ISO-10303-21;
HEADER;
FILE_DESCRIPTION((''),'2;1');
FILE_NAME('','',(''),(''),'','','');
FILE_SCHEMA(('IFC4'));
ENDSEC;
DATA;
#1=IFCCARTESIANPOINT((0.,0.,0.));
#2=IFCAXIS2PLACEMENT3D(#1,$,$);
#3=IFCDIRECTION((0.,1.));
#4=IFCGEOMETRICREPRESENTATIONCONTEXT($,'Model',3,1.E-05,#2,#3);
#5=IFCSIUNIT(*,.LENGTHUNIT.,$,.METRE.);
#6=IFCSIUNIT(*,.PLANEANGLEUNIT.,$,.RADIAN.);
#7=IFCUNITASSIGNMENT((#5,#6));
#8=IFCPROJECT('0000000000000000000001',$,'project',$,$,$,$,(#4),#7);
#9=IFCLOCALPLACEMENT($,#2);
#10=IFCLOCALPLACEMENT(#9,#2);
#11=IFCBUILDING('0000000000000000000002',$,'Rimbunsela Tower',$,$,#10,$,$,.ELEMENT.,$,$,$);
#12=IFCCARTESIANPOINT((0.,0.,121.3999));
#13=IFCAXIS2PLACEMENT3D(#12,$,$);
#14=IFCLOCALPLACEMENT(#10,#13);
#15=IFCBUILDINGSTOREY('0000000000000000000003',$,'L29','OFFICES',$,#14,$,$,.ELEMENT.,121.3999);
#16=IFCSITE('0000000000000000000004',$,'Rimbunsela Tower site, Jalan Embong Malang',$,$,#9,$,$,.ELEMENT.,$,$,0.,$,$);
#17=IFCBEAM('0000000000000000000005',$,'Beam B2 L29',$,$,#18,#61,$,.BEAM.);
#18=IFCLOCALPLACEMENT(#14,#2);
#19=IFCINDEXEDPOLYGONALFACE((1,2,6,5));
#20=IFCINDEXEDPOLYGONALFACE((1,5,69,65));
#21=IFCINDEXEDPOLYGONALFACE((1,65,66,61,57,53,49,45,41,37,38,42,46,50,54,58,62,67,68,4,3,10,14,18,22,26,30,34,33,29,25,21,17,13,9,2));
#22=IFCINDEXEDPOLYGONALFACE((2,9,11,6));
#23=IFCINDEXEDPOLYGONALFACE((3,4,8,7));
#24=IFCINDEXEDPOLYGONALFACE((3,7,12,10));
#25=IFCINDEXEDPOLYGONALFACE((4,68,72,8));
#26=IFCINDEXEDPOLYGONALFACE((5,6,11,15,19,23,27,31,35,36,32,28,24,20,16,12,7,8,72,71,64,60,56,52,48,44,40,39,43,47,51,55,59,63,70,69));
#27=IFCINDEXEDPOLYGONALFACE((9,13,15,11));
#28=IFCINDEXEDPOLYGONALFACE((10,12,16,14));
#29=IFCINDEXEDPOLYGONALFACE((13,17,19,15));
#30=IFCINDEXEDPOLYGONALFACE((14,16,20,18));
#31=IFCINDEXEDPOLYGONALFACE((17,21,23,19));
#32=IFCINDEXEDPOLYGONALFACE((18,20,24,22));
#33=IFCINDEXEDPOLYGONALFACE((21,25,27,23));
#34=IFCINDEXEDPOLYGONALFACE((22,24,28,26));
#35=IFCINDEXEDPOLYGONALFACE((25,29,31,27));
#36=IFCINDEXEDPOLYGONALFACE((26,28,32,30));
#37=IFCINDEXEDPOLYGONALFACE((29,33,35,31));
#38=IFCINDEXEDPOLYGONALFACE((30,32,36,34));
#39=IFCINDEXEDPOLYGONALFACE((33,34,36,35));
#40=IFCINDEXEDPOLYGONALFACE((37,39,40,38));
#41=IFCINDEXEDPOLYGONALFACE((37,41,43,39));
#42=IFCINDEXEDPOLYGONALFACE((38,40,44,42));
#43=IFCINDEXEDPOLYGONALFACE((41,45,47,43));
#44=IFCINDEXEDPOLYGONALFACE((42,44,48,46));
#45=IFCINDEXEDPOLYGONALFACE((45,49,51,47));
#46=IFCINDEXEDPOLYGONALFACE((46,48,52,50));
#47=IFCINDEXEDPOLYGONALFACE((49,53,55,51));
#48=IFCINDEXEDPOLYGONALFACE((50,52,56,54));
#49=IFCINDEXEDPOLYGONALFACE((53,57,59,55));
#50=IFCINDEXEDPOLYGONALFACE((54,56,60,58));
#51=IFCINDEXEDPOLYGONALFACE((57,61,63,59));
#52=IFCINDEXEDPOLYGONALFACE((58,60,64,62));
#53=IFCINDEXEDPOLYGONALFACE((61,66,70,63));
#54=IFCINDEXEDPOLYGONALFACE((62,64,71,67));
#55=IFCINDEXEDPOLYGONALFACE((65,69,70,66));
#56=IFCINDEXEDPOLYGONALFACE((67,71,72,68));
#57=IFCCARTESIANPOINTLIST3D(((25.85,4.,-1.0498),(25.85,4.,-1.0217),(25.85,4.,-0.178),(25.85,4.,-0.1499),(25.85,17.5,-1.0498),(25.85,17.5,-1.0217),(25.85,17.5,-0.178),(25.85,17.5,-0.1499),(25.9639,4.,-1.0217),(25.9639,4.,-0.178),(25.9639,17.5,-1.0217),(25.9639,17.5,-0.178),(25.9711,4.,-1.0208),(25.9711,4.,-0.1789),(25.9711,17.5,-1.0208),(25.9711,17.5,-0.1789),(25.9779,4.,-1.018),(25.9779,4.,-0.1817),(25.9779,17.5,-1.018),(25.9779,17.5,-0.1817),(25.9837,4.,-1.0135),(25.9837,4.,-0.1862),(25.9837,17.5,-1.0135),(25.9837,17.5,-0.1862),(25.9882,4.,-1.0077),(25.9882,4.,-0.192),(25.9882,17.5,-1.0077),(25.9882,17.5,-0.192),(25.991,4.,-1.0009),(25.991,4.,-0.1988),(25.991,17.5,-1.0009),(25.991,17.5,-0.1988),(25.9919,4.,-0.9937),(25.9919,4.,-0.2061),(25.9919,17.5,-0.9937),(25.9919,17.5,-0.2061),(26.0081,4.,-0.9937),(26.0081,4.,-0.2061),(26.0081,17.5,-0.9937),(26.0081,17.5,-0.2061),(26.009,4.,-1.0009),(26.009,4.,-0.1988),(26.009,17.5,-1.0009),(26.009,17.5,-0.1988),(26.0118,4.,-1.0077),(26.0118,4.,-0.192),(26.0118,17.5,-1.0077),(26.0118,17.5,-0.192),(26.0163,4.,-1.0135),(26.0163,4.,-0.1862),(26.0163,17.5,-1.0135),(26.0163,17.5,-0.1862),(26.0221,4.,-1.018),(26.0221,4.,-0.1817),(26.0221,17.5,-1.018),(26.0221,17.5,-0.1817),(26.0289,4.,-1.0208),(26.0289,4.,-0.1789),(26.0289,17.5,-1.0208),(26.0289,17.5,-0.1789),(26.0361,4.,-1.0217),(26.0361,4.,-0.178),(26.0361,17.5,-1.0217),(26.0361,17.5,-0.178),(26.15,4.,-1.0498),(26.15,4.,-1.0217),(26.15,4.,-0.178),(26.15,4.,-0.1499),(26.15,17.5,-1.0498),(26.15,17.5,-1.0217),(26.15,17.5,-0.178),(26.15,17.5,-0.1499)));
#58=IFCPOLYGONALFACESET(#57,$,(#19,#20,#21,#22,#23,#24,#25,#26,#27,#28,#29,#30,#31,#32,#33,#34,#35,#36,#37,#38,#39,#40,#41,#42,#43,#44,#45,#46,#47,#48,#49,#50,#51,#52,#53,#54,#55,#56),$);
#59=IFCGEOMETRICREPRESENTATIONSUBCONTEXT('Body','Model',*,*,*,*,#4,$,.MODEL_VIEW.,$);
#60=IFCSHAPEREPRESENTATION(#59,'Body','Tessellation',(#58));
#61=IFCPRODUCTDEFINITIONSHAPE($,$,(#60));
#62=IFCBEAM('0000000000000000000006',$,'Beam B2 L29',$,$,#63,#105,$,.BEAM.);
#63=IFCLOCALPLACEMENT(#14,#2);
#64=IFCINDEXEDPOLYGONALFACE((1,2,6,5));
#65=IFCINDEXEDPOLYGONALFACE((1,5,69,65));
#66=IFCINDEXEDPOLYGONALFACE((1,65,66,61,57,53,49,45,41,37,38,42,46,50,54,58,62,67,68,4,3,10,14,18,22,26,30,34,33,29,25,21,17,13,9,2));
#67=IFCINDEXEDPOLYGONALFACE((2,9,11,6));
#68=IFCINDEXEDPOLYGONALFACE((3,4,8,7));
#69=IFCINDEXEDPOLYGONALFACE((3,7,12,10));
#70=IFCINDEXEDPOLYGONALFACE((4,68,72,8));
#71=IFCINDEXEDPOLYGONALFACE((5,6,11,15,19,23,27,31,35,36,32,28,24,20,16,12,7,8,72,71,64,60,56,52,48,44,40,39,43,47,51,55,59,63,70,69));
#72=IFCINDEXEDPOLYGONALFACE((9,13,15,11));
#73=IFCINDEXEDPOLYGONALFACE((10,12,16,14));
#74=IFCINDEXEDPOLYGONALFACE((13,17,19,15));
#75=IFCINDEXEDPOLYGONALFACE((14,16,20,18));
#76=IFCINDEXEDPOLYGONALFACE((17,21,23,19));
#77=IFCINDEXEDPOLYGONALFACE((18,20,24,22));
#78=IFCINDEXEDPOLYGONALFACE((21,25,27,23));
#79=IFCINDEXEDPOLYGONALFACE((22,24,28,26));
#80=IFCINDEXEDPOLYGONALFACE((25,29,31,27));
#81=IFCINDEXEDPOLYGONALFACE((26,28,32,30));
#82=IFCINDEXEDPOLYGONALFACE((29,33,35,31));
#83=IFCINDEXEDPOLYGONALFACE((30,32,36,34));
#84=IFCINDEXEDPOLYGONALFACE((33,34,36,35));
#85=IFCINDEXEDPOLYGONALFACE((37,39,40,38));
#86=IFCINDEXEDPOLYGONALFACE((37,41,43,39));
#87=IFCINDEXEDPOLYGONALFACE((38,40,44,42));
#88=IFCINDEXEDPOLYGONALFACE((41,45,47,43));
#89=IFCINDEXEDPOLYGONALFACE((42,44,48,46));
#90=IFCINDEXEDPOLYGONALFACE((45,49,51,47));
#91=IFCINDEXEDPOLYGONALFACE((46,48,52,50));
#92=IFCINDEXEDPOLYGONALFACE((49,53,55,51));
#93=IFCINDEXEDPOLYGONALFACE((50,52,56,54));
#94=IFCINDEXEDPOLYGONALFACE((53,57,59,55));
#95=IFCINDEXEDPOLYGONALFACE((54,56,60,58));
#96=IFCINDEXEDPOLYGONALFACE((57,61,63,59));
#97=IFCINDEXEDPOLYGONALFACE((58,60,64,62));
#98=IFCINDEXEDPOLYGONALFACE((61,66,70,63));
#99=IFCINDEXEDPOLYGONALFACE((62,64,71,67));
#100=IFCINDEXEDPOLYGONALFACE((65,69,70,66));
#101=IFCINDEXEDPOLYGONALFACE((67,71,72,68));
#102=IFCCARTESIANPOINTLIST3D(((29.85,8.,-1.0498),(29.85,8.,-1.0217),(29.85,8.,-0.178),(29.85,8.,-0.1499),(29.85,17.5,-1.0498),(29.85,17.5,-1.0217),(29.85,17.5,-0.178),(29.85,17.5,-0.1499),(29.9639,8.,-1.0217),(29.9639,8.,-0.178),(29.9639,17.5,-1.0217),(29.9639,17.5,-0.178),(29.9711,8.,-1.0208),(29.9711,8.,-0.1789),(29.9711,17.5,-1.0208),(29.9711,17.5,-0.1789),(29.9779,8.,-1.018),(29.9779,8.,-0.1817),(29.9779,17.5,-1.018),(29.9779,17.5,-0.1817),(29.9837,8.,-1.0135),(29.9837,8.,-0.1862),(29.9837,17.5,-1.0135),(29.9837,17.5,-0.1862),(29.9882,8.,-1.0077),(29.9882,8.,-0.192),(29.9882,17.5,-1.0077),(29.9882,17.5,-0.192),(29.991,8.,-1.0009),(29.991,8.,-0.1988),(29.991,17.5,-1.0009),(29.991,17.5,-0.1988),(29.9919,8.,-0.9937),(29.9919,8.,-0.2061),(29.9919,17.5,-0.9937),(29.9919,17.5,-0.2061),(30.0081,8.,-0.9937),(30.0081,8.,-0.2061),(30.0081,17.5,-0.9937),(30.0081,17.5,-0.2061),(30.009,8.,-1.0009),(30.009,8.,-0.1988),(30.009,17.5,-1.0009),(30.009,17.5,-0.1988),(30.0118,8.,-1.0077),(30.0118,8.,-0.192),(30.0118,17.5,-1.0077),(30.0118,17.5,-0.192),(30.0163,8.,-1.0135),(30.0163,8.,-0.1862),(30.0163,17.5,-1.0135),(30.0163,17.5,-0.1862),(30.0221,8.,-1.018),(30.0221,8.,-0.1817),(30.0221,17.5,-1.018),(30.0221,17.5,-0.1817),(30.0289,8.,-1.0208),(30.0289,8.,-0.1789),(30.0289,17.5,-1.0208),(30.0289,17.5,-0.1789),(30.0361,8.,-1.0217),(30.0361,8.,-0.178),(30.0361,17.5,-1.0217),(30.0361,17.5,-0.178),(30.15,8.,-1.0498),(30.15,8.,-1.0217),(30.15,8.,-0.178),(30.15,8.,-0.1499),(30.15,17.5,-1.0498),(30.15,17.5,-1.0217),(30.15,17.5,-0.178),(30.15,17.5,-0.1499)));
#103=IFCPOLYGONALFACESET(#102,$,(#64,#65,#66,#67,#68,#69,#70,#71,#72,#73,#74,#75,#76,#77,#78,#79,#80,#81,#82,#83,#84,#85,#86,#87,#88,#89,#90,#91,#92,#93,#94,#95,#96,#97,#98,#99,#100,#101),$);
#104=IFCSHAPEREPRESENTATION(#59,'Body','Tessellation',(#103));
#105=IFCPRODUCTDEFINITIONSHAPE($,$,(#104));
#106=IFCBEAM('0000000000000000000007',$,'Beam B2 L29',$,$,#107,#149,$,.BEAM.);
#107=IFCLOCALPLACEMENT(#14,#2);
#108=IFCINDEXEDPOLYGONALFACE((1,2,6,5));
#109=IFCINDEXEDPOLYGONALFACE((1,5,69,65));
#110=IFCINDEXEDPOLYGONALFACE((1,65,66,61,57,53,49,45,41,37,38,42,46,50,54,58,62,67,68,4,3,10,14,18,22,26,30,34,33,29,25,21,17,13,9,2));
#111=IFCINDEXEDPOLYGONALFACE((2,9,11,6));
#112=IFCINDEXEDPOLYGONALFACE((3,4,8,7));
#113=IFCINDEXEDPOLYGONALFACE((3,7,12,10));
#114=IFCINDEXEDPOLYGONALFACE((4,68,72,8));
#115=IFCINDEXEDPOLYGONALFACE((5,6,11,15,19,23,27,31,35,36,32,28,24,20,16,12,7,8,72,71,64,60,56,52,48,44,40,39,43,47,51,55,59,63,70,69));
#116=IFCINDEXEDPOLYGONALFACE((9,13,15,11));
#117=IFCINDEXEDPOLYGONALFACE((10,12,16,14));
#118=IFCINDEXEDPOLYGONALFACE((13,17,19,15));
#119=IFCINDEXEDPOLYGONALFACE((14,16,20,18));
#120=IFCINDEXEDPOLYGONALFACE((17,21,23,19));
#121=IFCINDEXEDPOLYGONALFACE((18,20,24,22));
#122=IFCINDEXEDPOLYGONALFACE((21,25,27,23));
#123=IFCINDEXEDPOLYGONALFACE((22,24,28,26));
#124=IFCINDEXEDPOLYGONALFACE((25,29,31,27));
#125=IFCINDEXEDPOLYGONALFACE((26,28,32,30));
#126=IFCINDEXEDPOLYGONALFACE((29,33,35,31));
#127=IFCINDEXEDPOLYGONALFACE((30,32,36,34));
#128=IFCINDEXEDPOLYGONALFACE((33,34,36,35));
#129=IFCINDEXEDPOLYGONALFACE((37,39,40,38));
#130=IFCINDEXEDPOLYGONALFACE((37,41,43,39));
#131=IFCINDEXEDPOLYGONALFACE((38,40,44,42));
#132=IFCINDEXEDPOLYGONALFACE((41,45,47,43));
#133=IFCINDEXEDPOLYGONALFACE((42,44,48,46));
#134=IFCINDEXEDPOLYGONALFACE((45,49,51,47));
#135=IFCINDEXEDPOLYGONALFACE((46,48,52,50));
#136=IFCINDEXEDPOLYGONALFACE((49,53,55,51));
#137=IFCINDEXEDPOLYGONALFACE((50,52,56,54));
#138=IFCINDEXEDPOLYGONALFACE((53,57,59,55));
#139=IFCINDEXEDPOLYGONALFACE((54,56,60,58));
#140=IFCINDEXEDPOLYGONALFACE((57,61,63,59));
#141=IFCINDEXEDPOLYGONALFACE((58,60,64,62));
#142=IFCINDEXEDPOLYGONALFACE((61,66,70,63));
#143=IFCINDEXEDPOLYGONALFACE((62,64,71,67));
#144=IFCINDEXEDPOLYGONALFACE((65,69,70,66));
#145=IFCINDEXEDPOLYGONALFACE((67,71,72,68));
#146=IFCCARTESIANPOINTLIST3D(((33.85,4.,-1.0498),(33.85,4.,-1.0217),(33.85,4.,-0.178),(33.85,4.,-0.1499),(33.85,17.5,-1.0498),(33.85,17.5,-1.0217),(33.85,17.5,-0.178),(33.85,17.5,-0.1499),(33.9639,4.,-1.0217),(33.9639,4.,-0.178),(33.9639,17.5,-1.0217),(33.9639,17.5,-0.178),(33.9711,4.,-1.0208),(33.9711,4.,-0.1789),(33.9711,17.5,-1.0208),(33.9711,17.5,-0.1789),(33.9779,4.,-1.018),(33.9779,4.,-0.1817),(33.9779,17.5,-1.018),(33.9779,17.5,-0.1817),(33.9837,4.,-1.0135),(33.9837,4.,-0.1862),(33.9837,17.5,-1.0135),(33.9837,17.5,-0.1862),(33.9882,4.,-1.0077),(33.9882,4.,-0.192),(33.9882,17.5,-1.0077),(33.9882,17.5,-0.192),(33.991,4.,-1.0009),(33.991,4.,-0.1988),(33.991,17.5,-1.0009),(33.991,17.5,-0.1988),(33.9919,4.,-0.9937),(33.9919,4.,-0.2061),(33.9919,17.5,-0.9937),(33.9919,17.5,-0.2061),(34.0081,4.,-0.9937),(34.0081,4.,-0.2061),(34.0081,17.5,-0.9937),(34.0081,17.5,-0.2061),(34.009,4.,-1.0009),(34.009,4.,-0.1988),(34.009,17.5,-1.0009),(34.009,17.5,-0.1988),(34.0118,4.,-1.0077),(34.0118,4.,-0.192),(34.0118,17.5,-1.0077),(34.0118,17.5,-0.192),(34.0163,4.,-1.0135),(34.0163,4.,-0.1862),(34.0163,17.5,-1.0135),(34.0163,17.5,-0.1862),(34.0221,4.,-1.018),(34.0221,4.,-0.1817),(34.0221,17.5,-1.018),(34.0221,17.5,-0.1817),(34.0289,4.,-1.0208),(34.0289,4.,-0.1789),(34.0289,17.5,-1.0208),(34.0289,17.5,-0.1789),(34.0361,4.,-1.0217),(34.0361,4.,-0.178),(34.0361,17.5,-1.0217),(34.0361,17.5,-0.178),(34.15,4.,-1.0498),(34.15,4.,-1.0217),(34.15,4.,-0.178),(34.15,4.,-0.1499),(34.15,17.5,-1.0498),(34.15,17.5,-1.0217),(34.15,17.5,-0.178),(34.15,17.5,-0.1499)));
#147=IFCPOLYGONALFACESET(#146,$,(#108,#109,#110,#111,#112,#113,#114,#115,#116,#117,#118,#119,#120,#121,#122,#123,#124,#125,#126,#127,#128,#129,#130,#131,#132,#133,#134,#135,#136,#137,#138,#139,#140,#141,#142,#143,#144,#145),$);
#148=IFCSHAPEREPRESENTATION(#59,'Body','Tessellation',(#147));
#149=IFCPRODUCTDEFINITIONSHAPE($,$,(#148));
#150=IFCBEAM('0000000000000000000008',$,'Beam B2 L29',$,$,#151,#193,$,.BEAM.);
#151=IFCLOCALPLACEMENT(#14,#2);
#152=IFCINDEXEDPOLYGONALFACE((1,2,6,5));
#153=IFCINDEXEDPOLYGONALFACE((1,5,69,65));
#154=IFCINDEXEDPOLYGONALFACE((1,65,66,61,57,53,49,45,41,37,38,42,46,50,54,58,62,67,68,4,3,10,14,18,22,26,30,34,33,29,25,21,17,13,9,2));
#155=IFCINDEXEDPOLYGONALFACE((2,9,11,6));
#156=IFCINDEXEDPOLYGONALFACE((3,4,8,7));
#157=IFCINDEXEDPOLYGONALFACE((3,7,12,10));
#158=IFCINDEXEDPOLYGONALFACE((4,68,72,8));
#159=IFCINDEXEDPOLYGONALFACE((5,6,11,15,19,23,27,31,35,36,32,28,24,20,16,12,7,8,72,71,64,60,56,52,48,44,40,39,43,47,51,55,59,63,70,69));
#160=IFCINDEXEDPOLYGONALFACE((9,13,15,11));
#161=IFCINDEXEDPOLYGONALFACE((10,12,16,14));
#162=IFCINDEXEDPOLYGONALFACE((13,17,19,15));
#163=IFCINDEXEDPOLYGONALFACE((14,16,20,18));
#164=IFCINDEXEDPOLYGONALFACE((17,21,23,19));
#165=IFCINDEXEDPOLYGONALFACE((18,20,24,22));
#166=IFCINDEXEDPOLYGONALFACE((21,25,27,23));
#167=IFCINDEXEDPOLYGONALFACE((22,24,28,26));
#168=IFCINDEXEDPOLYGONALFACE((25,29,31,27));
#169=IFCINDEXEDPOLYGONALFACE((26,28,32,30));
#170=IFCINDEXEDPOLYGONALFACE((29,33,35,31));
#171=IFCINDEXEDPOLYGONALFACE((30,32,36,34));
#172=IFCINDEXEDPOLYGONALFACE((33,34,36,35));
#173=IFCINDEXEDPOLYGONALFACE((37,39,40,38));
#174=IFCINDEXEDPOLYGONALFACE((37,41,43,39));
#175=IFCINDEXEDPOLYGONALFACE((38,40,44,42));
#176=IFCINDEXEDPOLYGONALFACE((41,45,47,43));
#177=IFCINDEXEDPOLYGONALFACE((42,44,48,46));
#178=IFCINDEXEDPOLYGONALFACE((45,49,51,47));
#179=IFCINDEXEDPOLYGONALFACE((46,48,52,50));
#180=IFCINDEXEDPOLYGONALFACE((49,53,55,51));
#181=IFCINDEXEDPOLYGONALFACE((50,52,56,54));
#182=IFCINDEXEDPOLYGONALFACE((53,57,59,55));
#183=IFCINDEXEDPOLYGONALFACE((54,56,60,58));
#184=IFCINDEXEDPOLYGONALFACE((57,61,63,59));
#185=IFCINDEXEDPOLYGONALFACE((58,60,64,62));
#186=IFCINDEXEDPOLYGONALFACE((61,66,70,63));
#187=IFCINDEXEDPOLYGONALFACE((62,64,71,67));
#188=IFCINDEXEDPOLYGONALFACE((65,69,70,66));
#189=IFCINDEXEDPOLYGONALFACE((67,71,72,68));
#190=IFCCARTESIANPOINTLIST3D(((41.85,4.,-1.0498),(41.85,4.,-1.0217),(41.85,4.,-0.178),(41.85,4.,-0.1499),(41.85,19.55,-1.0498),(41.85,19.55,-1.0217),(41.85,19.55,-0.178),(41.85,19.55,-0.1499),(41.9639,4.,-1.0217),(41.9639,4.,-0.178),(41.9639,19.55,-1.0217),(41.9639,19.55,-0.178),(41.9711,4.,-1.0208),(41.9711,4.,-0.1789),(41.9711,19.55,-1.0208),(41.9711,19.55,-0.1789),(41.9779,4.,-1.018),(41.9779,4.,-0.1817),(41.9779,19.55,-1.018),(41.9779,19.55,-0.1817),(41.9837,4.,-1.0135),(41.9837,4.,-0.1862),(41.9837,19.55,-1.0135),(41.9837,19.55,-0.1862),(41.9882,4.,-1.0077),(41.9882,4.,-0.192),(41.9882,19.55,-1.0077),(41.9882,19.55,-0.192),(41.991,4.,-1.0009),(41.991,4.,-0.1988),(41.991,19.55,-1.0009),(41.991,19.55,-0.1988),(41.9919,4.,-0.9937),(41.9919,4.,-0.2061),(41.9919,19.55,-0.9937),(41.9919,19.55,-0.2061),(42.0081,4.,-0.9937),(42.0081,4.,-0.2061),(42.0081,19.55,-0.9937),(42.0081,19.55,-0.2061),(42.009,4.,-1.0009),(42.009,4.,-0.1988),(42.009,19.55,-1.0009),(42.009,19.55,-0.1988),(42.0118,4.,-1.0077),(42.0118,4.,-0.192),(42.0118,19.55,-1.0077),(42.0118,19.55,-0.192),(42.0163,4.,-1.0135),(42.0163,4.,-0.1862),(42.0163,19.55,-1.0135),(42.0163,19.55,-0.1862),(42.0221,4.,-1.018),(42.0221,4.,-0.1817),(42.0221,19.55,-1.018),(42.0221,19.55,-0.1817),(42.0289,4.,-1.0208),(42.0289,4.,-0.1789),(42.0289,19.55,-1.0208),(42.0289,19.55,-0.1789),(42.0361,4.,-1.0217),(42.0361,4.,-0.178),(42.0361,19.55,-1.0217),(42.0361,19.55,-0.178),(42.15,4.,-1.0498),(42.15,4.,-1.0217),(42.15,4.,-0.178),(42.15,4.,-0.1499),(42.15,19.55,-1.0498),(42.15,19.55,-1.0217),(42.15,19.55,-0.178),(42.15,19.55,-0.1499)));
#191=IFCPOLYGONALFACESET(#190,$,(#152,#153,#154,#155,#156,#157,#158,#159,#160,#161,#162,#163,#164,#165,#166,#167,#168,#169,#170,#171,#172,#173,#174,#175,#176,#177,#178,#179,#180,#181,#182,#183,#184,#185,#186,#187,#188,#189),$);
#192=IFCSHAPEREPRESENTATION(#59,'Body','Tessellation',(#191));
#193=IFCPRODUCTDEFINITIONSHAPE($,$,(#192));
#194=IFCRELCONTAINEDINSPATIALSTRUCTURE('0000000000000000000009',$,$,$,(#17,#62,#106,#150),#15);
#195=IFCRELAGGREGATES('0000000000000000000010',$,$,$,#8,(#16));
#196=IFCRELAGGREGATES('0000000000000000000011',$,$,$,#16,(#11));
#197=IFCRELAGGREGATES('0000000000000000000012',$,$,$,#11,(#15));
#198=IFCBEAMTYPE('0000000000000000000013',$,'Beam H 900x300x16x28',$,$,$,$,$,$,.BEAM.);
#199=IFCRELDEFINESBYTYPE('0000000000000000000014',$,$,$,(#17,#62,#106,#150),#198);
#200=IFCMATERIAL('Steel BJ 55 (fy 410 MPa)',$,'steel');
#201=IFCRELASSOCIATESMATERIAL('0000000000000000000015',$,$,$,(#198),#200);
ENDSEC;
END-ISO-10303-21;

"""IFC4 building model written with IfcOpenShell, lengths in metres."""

from ifc_helpers import new_model, si_unit, direction, frame, origin, origin_2d, place, context, subcontext, project, spatial, i_section, extrude, material, material_profile, profile_set, type_object, element, save


model = new_model("IFC4")

# Units and contexts
model_context = context("Model", 3, precision=1e-05, world=origin(), true_north=direction((0.0, 1.0)))
body_context = subcontext(model_context, "Body", "Model", "MODEL_VIEW")
ifc_project = project(units=[si_unit("LENGTHUNIT", "METRE"), si_unit("PLANEANGLEUNIT", "RADIAN")], contexts=[model_context])

# Site, building, storey
site_placement = place(None, origin())
site = spatial("IfcSite", under=ifc_project, at=site_placement, Name="Rimbunsela Tower site, Jalan Embong Malang", CompositionType="ELEMENT", RefElevation=0.0)
building_placement = place(site_placement, origin())
building = spatial("IfcBuilding", under=site, at=building_placement, Name="Rimbunsela Tower", CompositionType="ELEMENT")
storey_placement = place(building_placement, frame((0.0, 0.0, 121.3999)))
storey = spatial("IfcBuildingStorey", under=building, at=storey_placement, Name="L29", Description="OFFICES", CompositionType="ELEMENT", Elevation=121.3999)

# Beams
ifc_material_1 = material(Name="Steel BJ 55 (fy 410 MPa)", Category="steel")
ifc_material_profile_1 = material_profile(ifc_material_1, i_section(OverallWidth=0.3, OverallDepth=0.8999, WebThickness=0.0161, FlangeThickness=0.0281, FilletRadius=0.0281, at=origin_2d()), Name="H 900x300x16x28")
ifc_profile_set_1 = profile_set([ifc_material_profile_1], Name="Steel BJ 55 (fy 410 MPa)")
beam_type_1 = type_object("IfcBeamType", Name="Beam H 900x300x16x28", PredefinedType="BEAM", material=ifc_profile_set_1)
beam_1_placement = place(storey_placement, frame((26.0, 4.0, -0.5999), z_axis=(0.0, 1.0, 0.0), x_axis=(-1.0, 0.0, 0.0)))
element("IfcBeam", 1, at=beam_1_placement, inside=storey, type_object=beam_type_1, Name="Beam B2 L29", PredefinedType="BEAM", context=body_context, shape_type="SweptSolid", body=[
    extrude(i_section(OverallWidth=0.3, OverallDepth=0.8999, WebThickness=0.0161, FlangeThickness=0.0281, FilletRadius=0.0281, at=origin_2d()), origin(), (0.0, 0.0, 1.0), 13.5),
])
beam_2_placement = place(storey_placement, frame((30.0, 8.0, -0.5999), z_axis=(0.0, 1.0, 0.0), x_axis=(-1.0, 0.0, 0.0)))
element("IfcBeam", 2, at=beam_2_placement, inside=storey, type_object=beam_type_1, Name="Beam B2 L29", PredefinedType="BEAM", context=body_context, shape_type="SweptSolid", body=[
    extrude(i_section(OverallWidth=0.3, OverallDepth=0.8999, WebThickness=0.0161, FlangeThickness=0.0281, FilletRadius=0.0281, at=origin_2d()), origin(), (0.0, 0.0, 1.0), 9.5),
])
beam_3_placement = place(storey_placement, frame((34.0, 4.0, -0.5999), z_axis=(0.0, 1.0, 0.0), x_axis=(-1.0, 0.0, 0.0)))
element("IfcBeam", 3, at=beam_3_placement, inside=storey, type_object=beam_type_1, Name="Beam B2 L29", PredefinedType="BEAM", context=body_context, shape_type="SweptSolid", body=[
    extrude(i_section(OverallWidth=0.3, OverallDepth=0.8999, WebThickness=0.0161, FlangeThickness=0.0281, FilletRadius=0.0281, at=origin_2d()), origin(), (0.0, 0.0, 1.0), 13.5),
])
beam_4_placement = place(storey_placement, frame((42.0, 4.0, -0.5999), z_axis=(0.0, 1.0, 0.0), x_axis=(-1.0, 0.0, 0.0)))
element("IfcBeam", 4, at=beam_4_placement, inside=storey, type_object=beam_type_1, Name="Beam B2 L29", PredefinedType="BEAM", context=body_context, shape_type="SweptSolid", body=[
    extrude(i_section(OverallWidth=0.3, OverallDepth=0.8999, WebThickness=0.0161, FlangeThickness=0.0281, FilletRadius=0.0281, at=origin_2d()), origin(), (0.0, 0.0, 1.0), 15.55),
])

save(model, "model.ifc")
